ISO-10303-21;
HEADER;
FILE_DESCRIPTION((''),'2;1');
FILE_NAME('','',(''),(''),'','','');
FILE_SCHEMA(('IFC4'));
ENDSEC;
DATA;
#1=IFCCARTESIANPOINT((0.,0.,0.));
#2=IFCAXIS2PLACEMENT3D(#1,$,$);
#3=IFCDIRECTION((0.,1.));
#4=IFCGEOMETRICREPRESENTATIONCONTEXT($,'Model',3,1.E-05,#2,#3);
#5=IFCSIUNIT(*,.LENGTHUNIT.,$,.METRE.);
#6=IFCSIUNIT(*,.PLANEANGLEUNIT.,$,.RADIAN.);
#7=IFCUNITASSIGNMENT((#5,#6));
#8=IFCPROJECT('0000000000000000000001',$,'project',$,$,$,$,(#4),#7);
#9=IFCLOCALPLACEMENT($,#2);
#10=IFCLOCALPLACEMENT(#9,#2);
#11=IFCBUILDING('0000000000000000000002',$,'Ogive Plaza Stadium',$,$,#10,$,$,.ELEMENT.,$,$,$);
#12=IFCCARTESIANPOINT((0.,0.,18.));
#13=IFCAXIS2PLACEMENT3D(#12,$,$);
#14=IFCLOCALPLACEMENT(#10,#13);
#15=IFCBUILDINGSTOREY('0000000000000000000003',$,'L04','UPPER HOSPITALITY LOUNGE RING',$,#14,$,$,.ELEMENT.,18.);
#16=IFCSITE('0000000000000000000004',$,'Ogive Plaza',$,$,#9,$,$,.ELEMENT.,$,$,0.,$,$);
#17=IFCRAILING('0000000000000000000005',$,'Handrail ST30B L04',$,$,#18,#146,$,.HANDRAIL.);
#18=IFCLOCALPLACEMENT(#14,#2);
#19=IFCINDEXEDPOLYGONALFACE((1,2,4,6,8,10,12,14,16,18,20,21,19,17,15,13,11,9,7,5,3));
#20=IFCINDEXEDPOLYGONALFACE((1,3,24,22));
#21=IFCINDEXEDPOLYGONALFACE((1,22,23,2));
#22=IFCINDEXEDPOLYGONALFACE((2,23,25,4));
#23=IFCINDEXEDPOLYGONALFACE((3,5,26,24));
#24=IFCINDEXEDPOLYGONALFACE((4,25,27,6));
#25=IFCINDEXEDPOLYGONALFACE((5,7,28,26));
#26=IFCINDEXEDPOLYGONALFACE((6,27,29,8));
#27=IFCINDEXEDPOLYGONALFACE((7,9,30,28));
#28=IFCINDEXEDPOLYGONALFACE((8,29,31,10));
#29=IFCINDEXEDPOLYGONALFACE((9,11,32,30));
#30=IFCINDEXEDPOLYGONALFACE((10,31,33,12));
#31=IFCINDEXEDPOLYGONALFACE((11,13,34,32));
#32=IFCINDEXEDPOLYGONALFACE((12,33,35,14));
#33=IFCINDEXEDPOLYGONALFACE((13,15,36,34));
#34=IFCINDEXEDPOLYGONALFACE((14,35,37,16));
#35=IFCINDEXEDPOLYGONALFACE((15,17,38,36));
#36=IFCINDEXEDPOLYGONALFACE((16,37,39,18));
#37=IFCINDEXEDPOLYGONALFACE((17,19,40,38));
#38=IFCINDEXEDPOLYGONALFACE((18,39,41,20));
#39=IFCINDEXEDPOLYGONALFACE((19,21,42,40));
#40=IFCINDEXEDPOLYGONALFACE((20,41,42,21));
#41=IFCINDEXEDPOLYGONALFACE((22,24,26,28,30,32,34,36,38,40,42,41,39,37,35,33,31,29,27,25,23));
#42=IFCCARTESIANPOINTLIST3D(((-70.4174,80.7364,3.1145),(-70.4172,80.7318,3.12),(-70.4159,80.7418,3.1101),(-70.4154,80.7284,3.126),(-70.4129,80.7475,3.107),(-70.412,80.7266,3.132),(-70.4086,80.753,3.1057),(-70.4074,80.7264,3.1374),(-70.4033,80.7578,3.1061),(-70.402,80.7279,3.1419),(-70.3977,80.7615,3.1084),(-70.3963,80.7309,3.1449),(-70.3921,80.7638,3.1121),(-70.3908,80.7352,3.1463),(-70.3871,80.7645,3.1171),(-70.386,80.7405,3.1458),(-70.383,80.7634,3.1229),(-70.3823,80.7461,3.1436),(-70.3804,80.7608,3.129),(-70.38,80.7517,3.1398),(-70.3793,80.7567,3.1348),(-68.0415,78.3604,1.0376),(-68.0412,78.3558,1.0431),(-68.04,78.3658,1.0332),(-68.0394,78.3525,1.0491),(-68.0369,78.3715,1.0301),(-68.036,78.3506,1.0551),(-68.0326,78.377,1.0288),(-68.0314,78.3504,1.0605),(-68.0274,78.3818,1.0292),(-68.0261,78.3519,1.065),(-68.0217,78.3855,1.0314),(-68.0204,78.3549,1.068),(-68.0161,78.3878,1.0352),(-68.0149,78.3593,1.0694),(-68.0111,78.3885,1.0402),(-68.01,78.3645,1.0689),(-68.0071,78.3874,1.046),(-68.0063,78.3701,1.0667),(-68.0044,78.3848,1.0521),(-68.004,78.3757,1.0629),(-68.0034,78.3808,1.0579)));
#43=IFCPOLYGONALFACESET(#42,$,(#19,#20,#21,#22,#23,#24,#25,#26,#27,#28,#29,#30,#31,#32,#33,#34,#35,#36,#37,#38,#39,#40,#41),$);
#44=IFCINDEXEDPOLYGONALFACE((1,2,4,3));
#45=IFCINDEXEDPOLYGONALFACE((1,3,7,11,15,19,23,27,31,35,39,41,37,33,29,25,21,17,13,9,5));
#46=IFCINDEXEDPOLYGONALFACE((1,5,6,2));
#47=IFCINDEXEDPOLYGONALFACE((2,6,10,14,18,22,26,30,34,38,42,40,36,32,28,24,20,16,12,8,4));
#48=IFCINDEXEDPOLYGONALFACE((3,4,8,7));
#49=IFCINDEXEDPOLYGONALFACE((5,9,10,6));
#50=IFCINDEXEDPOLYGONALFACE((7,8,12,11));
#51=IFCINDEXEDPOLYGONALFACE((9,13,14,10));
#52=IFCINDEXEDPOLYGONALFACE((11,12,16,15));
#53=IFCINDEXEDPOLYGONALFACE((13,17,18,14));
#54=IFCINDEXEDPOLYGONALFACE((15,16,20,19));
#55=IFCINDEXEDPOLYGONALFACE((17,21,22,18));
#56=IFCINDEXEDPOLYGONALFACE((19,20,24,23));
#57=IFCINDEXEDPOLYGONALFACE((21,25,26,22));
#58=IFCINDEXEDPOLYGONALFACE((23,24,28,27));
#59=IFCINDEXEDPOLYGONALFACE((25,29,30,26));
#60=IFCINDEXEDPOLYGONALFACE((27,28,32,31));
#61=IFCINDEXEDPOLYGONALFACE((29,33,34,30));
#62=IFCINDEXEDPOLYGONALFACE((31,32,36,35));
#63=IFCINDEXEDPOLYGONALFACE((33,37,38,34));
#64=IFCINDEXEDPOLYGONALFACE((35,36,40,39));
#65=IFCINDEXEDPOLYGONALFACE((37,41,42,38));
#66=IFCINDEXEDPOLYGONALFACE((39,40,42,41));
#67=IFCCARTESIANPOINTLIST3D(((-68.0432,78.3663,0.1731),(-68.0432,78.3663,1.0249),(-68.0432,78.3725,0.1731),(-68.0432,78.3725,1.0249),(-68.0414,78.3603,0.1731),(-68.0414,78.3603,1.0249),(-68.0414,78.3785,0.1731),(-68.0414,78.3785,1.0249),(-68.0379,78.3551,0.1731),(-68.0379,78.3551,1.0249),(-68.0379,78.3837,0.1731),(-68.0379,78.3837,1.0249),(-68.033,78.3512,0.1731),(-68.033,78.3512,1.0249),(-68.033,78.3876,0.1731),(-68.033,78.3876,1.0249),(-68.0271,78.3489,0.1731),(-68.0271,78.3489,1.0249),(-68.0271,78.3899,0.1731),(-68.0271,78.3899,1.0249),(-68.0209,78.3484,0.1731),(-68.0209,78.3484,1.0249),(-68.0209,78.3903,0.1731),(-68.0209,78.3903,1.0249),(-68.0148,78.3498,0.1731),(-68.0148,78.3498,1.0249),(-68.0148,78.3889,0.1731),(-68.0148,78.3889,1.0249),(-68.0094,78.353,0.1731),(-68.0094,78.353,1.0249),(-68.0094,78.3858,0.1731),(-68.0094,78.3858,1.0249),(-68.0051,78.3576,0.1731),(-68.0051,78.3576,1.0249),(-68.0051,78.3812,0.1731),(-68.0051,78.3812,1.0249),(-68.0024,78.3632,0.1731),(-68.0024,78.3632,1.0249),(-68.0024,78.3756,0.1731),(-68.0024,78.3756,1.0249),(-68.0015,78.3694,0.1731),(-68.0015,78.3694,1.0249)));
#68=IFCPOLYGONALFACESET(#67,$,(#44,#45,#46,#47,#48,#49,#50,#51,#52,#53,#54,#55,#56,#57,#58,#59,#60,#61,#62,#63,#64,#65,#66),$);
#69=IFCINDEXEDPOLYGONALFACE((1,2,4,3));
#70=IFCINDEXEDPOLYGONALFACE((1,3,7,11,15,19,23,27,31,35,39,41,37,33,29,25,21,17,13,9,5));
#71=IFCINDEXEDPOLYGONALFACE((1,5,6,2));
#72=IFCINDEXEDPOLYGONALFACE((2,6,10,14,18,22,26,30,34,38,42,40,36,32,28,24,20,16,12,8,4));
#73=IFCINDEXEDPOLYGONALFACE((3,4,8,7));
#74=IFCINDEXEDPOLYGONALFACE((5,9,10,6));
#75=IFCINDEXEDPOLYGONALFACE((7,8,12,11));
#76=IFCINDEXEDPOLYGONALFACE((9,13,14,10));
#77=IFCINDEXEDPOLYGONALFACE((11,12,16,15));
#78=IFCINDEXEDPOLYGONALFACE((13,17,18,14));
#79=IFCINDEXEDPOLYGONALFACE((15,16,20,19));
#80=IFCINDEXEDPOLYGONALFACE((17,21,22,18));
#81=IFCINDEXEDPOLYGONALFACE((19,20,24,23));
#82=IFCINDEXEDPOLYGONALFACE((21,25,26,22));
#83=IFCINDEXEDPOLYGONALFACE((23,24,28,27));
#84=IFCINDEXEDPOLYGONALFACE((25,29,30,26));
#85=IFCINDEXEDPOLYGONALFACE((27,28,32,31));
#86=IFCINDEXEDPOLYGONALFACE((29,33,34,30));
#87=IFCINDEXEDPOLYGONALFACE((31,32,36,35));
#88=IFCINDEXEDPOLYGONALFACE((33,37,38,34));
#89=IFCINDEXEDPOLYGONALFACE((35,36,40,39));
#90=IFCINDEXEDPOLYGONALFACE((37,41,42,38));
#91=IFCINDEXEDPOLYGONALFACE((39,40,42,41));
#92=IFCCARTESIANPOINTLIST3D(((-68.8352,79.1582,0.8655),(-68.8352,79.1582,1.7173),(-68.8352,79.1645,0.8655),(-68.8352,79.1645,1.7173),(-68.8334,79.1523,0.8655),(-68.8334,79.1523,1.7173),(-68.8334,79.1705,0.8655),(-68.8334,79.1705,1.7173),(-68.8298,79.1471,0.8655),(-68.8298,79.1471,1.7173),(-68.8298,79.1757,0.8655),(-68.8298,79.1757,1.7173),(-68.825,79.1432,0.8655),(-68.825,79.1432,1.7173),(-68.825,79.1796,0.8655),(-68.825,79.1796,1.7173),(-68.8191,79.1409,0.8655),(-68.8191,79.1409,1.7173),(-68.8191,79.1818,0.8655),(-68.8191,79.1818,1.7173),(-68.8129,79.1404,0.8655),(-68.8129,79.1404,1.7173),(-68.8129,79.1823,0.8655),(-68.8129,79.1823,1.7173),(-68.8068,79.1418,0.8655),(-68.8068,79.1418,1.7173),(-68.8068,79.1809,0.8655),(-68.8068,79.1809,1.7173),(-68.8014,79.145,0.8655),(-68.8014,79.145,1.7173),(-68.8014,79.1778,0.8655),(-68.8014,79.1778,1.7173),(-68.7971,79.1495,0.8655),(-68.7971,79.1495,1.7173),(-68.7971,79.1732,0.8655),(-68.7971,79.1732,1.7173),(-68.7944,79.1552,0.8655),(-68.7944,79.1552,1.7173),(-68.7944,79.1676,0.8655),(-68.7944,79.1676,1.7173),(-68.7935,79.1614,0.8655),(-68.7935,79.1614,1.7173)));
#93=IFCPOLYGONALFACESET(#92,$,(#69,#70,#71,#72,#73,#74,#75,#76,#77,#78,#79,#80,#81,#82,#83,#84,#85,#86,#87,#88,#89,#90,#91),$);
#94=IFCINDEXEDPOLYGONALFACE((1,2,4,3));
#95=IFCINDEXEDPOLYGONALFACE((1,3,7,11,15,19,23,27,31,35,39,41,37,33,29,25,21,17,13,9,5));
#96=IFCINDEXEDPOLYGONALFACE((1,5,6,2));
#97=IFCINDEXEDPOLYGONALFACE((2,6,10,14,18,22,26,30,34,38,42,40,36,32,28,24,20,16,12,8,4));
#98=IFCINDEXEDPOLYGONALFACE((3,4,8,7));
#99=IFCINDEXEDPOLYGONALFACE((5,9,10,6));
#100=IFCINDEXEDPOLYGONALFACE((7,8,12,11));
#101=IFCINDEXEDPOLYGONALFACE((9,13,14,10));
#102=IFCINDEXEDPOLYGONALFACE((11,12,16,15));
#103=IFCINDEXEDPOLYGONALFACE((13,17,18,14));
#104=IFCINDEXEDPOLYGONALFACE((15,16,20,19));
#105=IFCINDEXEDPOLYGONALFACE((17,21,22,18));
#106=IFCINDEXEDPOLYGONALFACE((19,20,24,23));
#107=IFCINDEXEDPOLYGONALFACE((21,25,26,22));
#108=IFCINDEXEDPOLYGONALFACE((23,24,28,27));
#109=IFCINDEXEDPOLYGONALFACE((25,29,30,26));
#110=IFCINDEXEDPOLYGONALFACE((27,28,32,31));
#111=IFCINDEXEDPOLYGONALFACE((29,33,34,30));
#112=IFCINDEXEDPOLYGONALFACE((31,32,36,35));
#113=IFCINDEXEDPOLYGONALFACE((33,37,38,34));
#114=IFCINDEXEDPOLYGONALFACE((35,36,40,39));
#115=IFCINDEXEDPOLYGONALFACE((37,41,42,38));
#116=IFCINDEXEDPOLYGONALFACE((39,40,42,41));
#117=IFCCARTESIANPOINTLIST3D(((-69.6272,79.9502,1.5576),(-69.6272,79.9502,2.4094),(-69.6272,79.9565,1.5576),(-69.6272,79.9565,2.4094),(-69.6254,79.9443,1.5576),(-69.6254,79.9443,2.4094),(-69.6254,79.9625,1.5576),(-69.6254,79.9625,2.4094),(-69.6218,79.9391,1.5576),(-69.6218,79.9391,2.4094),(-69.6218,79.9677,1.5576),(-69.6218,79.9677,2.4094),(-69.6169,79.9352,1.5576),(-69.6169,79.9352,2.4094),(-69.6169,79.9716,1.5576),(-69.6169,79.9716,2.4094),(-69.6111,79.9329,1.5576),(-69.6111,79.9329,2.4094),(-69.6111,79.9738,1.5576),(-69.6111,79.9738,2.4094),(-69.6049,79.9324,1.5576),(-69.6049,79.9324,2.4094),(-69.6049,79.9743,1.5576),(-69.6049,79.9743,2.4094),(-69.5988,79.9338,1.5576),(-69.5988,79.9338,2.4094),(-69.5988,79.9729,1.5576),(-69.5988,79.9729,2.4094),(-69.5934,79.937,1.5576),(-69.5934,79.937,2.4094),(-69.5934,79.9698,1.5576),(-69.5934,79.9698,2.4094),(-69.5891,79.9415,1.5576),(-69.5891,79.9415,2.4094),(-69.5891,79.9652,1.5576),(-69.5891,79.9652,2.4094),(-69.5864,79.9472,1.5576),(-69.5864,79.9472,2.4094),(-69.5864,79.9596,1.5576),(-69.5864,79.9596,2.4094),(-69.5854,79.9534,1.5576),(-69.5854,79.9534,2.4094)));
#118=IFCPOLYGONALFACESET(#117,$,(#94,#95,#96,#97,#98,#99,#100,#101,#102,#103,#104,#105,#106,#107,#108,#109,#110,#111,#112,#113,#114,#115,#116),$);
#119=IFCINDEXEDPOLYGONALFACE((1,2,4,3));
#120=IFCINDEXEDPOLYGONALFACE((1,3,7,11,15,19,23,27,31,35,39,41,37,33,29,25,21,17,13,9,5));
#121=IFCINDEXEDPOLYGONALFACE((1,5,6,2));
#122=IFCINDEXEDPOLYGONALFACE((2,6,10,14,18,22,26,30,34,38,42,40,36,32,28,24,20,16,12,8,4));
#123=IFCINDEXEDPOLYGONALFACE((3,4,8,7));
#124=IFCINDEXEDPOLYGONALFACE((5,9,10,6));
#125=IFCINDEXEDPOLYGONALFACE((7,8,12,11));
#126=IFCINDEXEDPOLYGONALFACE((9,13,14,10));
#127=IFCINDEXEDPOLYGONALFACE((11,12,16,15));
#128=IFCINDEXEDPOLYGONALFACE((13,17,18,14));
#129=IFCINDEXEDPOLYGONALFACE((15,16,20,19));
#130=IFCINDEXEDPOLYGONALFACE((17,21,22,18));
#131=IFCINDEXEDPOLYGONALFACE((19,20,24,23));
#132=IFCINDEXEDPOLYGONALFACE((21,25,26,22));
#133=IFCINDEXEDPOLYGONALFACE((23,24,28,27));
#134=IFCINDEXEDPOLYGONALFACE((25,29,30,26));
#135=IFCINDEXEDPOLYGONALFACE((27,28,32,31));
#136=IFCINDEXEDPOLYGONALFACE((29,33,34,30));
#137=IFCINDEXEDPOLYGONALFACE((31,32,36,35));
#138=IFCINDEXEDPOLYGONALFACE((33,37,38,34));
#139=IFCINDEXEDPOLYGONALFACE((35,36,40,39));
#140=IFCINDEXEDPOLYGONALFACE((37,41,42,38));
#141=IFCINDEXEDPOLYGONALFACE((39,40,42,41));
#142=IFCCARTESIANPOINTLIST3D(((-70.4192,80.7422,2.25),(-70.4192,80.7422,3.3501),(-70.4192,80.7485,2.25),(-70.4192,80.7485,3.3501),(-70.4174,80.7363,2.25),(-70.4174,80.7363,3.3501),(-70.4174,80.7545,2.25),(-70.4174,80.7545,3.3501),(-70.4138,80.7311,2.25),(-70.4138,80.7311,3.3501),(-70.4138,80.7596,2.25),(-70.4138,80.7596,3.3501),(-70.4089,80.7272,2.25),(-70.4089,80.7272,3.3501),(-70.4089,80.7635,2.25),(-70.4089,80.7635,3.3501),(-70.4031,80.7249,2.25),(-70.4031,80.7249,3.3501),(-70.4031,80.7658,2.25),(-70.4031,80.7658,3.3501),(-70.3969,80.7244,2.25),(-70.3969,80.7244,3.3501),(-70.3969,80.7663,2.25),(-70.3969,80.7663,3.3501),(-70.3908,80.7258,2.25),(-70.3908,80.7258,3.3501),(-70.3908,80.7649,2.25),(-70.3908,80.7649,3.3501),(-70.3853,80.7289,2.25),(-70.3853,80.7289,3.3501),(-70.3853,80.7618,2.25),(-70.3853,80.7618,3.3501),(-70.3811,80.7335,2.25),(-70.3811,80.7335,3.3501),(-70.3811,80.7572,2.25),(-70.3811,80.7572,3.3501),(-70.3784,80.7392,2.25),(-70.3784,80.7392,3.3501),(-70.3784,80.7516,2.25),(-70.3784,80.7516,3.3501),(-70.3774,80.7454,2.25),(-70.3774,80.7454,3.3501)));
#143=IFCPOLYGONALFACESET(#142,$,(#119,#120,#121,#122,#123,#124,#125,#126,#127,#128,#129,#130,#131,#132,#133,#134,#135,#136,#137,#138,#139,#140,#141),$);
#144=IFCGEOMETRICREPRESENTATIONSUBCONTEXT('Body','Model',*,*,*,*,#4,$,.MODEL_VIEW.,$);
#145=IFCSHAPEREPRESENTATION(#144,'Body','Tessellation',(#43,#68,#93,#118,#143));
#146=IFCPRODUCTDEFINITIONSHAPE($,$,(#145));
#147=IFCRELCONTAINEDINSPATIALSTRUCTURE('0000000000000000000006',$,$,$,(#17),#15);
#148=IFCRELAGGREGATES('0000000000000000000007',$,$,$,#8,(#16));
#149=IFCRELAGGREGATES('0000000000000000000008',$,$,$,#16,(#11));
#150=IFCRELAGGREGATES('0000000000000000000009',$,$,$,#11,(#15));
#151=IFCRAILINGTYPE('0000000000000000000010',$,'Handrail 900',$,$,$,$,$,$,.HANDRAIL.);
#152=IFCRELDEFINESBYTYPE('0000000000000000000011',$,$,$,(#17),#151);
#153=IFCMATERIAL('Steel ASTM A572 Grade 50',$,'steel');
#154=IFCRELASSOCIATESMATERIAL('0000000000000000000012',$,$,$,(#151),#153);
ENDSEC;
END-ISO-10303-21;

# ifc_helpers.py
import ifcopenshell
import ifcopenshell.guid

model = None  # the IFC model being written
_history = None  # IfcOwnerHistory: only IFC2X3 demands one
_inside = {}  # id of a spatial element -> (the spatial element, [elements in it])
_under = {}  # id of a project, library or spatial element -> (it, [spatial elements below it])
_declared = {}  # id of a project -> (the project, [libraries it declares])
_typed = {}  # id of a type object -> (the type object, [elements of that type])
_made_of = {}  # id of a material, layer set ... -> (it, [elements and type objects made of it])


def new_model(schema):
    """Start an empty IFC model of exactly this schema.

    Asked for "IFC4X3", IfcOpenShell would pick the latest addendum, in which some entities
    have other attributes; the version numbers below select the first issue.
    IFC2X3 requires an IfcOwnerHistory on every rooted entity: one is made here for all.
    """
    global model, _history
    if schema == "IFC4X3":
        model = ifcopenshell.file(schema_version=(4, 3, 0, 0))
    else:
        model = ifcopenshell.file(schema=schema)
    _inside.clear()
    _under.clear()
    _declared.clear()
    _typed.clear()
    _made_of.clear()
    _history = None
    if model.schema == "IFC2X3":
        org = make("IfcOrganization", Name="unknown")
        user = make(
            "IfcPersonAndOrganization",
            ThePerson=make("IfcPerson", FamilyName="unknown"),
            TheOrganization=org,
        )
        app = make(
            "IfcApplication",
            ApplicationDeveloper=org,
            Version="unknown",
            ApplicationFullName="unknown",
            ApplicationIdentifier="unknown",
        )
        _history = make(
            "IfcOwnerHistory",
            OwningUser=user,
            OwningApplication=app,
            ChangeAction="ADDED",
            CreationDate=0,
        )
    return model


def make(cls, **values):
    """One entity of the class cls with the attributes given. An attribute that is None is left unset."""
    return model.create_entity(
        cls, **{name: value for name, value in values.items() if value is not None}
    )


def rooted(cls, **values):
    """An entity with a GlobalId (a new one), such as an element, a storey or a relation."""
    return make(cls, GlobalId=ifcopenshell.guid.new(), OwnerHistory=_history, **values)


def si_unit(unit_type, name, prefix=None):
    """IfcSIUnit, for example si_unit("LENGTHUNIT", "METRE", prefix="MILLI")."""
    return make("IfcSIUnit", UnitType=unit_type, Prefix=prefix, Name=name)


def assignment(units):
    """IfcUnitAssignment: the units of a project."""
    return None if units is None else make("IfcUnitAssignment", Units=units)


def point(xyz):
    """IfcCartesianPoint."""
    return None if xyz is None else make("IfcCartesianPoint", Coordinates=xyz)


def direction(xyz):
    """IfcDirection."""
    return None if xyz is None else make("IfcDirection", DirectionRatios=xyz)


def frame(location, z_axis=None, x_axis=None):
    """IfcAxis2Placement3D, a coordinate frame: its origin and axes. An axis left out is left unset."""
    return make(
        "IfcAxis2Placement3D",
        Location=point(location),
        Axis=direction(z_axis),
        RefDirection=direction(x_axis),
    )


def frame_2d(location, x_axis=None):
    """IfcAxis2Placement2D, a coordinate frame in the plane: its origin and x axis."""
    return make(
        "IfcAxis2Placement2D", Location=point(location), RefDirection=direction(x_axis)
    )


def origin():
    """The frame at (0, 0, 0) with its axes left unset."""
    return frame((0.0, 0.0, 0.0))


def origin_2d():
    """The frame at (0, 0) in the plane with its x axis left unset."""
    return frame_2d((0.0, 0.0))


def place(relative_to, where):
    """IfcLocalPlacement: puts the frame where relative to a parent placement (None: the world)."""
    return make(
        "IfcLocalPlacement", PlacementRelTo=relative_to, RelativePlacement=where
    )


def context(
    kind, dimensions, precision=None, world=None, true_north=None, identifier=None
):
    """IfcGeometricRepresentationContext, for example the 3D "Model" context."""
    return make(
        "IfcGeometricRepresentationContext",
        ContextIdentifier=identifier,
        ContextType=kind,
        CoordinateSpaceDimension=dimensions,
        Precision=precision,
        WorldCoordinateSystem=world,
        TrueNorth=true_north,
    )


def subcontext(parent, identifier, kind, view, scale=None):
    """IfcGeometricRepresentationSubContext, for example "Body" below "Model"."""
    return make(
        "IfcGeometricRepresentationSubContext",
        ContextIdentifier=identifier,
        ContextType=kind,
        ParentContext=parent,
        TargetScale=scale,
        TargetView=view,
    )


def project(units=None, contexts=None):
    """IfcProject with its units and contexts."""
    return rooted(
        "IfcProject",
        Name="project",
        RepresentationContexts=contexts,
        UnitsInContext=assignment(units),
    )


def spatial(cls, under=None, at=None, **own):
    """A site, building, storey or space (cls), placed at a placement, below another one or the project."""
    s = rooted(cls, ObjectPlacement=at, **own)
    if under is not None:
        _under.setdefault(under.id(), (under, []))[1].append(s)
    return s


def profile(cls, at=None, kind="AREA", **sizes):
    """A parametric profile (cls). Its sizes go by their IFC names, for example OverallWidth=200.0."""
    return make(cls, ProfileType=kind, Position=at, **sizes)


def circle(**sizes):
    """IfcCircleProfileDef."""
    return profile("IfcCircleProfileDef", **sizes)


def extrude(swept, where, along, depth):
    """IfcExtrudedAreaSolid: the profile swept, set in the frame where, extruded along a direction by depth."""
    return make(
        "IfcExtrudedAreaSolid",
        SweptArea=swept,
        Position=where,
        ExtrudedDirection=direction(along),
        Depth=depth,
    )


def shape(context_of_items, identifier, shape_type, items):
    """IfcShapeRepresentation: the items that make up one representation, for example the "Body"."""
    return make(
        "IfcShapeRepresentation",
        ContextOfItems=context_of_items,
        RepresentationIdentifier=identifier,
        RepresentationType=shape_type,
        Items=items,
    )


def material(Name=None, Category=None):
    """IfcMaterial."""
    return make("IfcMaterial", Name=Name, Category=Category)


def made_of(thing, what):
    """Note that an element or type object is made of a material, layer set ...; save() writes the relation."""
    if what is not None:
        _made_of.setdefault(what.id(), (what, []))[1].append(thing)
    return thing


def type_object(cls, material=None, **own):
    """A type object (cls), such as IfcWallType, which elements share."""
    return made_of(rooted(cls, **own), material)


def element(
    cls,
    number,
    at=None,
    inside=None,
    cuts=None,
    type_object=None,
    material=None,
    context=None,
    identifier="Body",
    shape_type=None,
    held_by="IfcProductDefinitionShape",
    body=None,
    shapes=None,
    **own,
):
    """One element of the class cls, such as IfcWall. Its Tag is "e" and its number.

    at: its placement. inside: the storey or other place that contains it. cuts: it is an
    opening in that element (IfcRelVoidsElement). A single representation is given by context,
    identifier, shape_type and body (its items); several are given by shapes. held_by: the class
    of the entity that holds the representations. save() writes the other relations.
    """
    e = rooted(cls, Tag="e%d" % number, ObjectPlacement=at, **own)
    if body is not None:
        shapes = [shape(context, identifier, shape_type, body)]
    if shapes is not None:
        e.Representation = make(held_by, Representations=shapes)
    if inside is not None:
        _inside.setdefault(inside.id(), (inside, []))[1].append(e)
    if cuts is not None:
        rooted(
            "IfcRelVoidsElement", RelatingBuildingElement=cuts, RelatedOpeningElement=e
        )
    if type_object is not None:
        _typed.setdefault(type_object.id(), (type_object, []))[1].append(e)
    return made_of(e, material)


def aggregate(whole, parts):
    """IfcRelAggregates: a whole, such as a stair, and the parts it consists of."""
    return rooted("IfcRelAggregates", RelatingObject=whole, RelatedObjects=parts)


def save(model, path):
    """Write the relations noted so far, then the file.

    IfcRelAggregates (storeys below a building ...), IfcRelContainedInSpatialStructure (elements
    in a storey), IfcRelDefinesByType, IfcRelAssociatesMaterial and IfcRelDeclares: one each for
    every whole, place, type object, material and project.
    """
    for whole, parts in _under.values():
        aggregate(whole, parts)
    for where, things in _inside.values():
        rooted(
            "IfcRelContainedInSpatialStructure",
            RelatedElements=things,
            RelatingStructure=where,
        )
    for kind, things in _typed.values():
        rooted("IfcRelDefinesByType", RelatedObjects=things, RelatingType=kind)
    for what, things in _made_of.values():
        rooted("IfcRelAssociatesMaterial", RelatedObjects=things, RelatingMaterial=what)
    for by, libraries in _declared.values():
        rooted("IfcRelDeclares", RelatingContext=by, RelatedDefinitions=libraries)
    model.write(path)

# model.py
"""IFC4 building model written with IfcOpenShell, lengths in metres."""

from ifc_helpers import new_model, si_unit, direction, frame, origin, origin_2d, place, context, subcontext, project, spatial, circle, extrude, material, type_object, element, save


model = new_model("IFC4")

# Units and contexts
model_context = context("Model", 3, precision=1e-05, world=origin(), true_north=direction((0.0, 1.0)))
body_context = subcontext(model_context, "Body", "Model", "MODEL_VIEW")
ifc_project = project(units=[si_unit("LENGTHUNIT", "METRE"), si_unit("PLANEANGLEUNIT", "RADIAN")], contexts=[model_context])

# Site, building, storey
site_placement = place(None, origin())
site = spatial("IfcSite", under=ifc_project, at=site_placement, Name="Ogive Plaza", CompositionType="ELEMENT", RefElevation=0.0)
building_placement = place(site_placement, origin())
building = spatial("IfcBuilding", under=site, at=building_placement, Name="Ogive Plaza Stadium", CompositionType="ELEMENT")
storey_placement = place(building_placement, frame((0.0, 0.0, 18.0)))
storey = spatial("IfcBuildingStorey", under=building, at=storey_placement, Name="L04", Description="UPPER HOSPITALITY LOUNGE RING", CompositionType="ELEMENT", Elevation=18.0)

# Railing
ifc_material_1 = material(Name="Steel ASTM A572 Grade 50", Category="steel")
railing_type_1 = type_object("IfcRailingType", Name="Handrail 900", PredefinedType="HANDRAIL", material=ifc_material_1)
railing_1_placement = place(storey_placement, frame((-68.0225, 78.3694, 0.1731)))
element("IfcRailing", 1, at=railing_1_placement, inside=storey, type_object=railing_type_1, Name="Handrail ST30B L04", PredefinedType="HANDRAIL", context=body_context, shape_type="SweptSolid", body=[
    extrude(circle(Radius=0.0239, at=origin_2d()), frame((0.0, 0.0, 0.876), z_axis=(-0.601483, 0.601483, 0.525772), x_axis=(-0.707107, -0.707107, 0.0)), (0.0, 0.0, 1.0), 3.9502),
    extrude(circle(Radius=0.021, at=origin_2d()), origin(), (0.0, 0.0, 1.0), 0.8518),
    extrude(circle(Radius=0.021, at=origin_2d()), frame((-0.792, 0.792, 0.6924)), (0.0, 0.0, 1.0), 0.8518),
    extrude(circle(Radius=0.021, at=origin_2d()), frame((-1.584, 1.584, 1.3845)), (0.0, 0.0, 1.0), 0.8518),
    extrude(circle(Radius=0.021, at=origin_2d()), frame((-2.376, 2.376, 2.0769)), (0.0, 0.0, 1.0), 1.1001),
])

save(model, "model.ifc")
